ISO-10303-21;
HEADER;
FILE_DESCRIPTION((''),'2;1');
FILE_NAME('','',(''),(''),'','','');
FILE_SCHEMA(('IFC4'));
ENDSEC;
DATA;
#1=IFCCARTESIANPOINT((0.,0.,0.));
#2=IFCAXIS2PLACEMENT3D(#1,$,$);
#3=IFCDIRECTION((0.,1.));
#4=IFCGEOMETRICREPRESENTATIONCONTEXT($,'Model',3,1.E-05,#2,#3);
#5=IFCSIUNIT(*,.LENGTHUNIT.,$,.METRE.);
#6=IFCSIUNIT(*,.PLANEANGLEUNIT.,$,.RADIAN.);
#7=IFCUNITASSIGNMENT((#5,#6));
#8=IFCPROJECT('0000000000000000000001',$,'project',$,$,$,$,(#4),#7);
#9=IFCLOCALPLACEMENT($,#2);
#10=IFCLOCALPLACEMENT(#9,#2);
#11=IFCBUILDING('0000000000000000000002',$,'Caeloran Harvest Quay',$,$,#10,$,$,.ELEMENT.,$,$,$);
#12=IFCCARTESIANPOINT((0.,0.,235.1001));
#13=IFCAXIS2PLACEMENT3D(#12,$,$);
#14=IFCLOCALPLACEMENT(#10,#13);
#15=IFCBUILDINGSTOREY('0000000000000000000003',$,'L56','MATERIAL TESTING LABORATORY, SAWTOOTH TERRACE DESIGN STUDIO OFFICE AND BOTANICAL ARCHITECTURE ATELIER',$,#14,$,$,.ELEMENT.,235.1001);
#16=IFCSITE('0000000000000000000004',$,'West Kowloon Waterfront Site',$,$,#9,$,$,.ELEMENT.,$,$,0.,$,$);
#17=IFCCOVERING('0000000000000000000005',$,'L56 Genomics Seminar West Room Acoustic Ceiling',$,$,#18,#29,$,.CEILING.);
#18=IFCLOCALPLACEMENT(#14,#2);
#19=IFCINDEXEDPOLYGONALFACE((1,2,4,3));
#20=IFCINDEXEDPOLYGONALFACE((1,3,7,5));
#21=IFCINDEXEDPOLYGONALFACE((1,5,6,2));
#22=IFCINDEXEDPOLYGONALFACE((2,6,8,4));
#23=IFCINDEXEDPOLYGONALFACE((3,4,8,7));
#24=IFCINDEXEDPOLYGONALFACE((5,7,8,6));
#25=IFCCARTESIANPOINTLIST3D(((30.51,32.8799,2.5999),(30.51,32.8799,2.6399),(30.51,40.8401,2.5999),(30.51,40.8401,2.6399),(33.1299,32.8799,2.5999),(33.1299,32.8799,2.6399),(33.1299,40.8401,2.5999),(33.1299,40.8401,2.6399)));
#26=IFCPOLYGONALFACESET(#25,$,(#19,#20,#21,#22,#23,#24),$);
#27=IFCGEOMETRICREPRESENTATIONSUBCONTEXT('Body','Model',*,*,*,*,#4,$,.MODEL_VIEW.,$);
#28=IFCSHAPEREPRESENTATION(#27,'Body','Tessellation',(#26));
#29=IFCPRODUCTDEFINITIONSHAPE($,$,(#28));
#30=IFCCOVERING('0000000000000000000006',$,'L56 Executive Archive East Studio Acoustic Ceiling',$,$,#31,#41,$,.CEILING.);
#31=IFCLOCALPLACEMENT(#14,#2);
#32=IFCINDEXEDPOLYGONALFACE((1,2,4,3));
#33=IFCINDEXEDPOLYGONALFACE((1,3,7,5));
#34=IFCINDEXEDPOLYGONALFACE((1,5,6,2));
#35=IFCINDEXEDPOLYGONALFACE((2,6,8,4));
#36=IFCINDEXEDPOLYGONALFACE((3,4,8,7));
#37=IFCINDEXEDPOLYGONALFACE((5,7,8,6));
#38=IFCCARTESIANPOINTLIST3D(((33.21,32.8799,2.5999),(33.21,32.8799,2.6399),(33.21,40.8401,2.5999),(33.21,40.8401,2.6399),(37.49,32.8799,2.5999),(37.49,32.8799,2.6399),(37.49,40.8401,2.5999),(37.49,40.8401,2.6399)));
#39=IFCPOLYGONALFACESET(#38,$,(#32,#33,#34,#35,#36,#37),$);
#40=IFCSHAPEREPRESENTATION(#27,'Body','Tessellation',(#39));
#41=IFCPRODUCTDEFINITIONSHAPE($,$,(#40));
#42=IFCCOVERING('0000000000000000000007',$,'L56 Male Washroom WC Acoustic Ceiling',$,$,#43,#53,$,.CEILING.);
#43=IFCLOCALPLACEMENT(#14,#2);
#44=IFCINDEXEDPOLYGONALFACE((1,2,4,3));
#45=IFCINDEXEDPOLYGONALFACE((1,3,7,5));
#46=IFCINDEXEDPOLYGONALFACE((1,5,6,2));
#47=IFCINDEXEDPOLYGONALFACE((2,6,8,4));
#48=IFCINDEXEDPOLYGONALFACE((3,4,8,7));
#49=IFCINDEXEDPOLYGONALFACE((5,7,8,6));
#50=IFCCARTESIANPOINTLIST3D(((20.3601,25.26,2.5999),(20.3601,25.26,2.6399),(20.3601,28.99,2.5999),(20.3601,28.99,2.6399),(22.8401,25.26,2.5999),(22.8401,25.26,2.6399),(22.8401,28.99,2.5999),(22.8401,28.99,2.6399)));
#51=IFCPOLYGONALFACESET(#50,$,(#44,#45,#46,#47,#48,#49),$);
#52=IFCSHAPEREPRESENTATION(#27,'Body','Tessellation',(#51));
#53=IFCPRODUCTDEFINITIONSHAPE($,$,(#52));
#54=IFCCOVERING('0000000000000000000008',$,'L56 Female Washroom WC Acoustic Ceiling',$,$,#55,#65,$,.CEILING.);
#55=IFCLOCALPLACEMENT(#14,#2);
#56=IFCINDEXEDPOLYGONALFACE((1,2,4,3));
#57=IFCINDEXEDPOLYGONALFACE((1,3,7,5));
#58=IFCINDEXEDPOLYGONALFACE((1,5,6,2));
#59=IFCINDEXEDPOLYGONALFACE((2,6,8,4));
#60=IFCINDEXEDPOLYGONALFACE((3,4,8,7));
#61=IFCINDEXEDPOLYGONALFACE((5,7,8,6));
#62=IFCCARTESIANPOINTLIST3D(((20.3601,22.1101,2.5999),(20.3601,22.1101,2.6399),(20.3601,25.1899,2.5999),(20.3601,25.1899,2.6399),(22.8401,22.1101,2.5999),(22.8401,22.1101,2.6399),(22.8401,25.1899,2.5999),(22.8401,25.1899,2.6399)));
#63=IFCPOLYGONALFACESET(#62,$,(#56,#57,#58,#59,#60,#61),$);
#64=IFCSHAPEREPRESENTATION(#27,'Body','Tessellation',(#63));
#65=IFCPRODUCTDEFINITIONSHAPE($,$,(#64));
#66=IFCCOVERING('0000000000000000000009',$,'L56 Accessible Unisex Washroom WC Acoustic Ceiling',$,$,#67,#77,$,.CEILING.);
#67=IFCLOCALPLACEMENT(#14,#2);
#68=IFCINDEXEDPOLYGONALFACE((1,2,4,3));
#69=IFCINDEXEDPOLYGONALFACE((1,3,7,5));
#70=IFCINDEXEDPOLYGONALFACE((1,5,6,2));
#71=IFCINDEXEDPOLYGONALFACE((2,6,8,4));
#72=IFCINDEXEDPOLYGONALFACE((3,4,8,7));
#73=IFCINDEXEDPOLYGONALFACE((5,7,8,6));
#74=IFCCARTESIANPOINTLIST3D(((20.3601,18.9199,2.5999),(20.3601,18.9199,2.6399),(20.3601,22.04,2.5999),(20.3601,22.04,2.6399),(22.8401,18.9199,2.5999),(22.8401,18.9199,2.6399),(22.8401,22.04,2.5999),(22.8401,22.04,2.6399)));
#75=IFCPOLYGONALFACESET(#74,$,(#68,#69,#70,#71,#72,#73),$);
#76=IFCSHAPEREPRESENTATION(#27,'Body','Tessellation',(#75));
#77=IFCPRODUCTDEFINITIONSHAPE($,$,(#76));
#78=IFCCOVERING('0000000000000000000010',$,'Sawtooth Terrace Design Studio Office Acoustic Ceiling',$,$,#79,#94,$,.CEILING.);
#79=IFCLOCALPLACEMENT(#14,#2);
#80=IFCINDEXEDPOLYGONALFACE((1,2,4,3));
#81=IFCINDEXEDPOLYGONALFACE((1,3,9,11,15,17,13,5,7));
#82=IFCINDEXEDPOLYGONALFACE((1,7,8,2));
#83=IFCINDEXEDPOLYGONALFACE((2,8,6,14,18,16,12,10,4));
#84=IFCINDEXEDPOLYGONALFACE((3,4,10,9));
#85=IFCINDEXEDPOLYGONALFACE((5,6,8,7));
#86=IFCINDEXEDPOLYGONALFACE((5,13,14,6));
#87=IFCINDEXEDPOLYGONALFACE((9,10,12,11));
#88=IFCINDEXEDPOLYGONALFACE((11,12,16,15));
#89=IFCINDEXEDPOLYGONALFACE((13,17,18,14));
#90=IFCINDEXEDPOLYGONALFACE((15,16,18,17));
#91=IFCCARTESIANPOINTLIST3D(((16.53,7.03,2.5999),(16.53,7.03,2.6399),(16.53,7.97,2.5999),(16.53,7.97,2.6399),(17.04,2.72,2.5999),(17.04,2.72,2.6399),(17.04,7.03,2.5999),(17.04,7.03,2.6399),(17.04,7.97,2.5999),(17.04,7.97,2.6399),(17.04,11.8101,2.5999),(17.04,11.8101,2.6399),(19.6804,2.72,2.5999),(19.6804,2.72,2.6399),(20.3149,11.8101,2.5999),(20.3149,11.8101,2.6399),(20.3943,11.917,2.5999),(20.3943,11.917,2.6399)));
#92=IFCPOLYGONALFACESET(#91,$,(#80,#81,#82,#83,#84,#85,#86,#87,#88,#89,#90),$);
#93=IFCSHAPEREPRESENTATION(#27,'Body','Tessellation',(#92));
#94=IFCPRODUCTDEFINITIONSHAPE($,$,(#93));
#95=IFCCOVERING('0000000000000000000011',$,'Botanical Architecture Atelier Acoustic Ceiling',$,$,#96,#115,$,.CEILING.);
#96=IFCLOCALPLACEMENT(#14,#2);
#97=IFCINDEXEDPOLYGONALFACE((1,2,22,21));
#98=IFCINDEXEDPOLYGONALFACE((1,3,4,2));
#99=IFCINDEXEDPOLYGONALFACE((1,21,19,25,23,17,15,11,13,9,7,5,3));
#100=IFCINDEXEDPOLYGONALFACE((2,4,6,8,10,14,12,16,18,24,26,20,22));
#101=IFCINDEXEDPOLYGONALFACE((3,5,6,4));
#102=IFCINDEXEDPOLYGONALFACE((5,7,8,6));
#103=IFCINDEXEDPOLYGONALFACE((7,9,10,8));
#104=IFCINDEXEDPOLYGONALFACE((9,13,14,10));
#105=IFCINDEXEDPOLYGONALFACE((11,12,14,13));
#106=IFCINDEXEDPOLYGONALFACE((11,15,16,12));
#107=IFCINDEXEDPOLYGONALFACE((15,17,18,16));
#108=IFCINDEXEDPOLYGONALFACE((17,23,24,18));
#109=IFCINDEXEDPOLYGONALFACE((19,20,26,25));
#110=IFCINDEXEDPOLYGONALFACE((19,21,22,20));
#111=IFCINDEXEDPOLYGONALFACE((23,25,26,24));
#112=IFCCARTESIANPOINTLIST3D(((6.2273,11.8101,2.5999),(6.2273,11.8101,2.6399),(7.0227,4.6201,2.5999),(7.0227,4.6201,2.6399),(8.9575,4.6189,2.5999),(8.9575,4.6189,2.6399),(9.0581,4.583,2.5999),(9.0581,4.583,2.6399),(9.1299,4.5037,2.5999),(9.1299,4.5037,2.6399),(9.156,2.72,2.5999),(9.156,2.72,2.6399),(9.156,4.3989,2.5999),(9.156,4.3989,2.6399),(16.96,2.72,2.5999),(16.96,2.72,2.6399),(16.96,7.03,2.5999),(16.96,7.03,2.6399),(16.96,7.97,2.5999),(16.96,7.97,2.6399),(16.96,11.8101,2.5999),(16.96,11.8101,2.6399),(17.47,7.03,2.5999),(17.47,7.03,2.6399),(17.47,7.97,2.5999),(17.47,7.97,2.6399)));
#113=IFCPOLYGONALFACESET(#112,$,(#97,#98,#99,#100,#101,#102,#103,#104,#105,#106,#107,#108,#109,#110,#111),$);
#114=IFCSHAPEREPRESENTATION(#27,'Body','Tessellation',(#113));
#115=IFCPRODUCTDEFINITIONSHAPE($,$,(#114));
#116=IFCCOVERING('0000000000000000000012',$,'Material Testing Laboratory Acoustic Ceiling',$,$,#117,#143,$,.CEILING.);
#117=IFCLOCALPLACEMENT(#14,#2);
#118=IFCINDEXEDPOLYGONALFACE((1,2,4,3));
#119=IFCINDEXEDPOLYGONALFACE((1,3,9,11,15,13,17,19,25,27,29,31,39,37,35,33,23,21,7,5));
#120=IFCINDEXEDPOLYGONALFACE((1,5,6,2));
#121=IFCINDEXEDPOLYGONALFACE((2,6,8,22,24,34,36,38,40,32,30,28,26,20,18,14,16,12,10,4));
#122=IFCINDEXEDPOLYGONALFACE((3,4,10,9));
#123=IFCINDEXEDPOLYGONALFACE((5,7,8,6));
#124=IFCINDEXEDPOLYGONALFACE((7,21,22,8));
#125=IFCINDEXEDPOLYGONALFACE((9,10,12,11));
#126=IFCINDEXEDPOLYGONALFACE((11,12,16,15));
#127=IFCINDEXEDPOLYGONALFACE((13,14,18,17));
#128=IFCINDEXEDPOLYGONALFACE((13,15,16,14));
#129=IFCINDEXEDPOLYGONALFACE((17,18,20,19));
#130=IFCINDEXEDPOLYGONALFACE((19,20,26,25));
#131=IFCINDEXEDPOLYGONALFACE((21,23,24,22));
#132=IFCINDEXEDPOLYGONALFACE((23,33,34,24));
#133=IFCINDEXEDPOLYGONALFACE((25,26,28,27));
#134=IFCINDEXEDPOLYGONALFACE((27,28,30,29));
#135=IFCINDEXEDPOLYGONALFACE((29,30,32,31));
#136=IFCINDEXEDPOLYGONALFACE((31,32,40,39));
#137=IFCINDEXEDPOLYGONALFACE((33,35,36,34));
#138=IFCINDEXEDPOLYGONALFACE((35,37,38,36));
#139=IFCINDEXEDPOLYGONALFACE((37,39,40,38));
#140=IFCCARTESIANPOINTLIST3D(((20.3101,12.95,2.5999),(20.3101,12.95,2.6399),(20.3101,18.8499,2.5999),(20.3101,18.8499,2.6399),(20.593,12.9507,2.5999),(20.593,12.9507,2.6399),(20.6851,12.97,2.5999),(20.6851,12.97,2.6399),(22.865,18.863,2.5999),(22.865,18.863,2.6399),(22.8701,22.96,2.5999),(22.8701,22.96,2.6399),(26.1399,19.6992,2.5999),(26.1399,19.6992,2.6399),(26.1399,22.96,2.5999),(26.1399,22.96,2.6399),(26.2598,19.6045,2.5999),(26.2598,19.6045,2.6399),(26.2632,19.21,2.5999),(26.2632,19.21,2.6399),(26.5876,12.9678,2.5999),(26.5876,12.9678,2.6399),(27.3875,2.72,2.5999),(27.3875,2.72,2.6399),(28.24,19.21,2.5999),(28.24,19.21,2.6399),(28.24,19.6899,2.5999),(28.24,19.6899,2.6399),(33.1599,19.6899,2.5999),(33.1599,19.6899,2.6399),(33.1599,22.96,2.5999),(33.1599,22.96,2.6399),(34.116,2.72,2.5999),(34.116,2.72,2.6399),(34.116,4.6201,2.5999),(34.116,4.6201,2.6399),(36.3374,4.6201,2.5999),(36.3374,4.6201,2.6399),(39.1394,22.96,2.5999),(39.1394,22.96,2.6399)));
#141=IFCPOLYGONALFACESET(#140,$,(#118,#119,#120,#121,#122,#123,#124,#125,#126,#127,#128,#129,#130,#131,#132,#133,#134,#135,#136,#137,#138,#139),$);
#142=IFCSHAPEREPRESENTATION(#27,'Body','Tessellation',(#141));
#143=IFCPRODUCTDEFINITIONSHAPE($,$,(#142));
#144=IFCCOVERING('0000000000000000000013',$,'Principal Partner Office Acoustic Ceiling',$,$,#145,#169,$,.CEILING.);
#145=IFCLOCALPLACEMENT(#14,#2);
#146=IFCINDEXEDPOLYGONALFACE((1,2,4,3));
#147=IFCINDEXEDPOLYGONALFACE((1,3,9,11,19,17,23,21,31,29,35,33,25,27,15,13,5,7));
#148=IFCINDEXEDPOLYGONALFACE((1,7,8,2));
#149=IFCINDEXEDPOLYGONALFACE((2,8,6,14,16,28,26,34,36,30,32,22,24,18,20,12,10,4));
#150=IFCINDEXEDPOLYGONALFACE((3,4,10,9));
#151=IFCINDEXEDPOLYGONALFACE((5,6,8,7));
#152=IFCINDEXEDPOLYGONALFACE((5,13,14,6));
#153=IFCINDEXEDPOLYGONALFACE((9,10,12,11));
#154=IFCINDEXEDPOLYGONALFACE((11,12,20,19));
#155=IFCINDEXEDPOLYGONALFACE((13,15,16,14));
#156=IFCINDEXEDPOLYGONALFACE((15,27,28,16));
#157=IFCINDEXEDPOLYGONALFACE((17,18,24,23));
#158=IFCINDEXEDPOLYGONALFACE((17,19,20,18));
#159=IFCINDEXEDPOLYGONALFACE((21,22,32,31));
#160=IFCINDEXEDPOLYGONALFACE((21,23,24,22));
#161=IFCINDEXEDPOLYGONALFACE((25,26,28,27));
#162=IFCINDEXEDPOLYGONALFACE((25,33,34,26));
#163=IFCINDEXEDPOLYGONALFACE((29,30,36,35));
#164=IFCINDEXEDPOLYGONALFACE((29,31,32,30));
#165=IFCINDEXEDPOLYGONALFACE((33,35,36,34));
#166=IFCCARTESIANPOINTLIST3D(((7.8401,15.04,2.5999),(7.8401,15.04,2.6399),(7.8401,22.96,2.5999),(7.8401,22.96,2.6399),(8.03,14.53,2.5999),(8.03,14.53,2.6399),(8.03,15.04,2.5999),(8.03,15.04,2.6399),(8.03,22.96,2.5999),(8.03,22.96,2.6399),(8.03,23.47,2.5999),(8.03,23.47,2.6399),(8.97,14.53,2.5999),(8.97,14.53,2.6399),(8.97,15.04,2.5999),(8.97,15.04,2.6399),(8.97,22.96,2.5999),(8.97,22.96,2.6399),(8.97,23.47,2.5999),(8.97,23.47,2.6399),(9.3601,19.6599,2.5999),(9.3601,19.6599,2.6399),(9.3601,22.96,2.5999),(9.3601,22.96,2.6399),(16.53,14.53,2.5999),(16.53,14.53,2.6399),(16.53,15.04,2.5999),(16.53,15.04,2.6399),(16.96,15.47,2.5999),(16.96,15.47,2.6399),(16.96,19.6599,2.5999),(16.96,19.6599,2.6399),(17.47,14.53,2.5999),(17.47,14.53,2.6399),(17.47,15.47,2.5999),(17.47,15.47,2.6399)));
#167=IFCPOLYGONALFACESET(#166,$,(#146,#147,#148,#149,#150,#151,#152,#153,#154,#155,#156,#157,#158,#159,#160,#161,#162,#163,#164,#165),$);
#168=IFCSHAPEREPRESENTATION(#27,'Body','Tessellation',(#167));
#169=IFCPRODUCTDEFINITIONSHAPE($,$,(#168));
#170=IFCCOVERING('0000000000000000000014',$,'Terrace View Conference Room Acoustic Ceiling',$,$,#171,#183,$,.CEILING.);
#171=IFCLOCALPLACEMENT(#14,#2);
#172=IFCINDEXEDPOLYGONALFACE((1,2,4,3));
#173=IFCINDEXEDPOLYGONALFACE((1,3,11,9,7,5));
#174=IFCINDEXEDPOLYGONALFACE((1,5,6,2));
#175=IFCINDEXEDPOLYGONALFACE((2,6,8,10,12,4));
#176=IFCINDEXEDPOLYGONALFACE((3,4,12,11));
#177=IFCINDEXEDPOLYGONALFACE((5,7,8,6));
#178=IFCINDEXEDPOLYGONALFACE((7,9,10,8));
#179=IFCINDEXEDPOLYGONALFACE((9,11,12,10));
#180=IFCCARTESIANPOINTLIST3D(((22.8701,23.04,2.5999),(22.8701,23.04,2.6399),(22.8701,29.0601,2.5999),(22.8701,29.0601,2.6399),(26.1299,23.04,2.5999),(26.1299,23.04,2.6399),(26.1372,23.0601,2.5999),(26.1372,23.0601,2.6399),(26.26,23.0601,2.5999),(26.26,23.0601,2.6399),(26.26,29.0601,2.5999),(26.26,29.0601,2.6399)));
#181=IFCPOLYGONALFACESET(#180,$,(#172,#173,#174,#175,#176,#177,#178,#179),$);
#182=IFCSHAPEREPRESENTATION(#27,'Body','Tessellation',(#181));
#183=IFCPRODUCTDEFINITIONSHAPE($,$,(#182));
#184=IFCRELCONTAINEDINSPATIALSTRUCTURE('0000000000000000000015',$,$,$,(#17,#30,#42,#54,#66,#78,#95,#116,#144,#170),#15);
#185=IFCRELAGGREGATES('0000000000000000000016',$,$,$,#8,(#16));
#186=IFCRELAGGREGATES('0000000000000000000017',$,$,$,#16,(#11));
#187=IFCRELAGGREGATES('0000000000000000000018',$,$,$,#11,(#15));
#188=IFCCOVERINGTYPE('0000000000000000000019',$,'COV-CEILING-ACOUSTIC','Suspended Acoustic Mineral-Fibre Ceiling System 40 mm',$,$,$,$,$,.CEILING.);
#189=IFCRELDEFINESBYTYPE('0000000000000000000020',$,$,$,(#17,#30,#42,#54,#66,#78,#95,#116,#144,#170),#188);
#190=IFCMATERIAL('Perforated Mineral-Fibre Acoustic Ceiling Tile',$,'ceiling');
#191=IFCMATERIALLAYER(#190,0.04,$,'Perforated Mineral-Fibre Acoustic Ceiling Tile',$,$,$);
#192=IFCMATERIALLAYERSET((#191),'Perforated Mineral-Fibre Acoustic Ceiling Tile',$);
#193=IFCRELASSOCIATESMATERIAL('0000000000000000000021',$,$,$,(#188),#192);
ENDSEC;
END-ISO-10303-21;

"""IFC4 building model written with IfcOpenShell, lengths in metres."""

from ifc_helpers import new_model, si_unit, direction, frame, origin, place, context, subcontext, project, spatial, polyline, outline, extrude, material, layer, layer_set, type_object, element, save


model = new_model("IFC4")

# Units and contexts
model_context = context("Model", 3, precision=1e-05, world=origin(), true_north=direction((0.0, 1.0)))
body_context = subcontext(model_context, "Body", "Model", "MODEL_VIEW")
ifc_project = project(units=[si_unit("LENGTHUNIT", "METRE"), si_unit("PLANEANGLEUNIT", "RADIAN")], contexts=[model_context])

# Site, building, storey
site_placement = place(None, origin())
site = spatial("IfcSite", under=ifc_project, at=site_placement, Name="West Kowloon Waterfront Site", CompositionType="ELEMENT", RefElevation=0.0)
building_placement = place(site_placement, origin())
building = spatial("IfcBuilding", under=site, at=building_placement, Name="Caeloran Harvest Quay", CompositionType="ELEMENT")
storey_placement = place(building_placement, frame((0.0, 0.0, 235.1001)))
storey = spatial("IfcBuildingStorey", under=building, at=storey_placement, Name="L56", Description="MATERIAL TESTING LABORATORY, SAWTOOTH TERRACE DESIGN STUDIO OFFICE AND BOTANICAL ARCHITECTURE ATELIER", CompositionType="ELEMENT", Elevation=235.1001)

# Coverings
ifc_material_1 = material(Name="Perforated Mineral-Fibre Acoustic Ceiling Tile", Category="ceiling")
ifc_layer_1 = layer(ifc_material_1, 0.04, Name="Perforated Mineral-Fibre Acoustic Ceiling Tile")
ifc_layer_set_1 = layer_set([ifc_layer_1], Name="Perforated Mineral-Fibre Acoustic Ceiling Tile")
covering_type_1 = type_object("IfcCoveringType", Name="COV-CEILING-ACOUSTIC", Description="Suspended Acoustic Mineral-Fibre Ceiling System 40 mm", PredefinedType="CEILING", material=ifc_layer_set_1)
covering_1_placement = place(storey_placement, frame((0.0, 0.0, 2.5999)))
element("IfcCovering", 1, at=covering_1_placement, inside=storey, type_object=covering_type_1, Name="L56 Genomics Seminar West Room Acoustic Ceiling", PredefinedType="CEILING", context=body_context, shape_type="SweptSolid", body=[
    extrude(outline(polyline([(33.1299, 40.8401), (33.1299, 32.8799), (30.51, 32.8799), (30.51, 40.8401), (33.1299, 40.8401)])), origin(), (0.0, 0.0, 1.0), 0.04),
])
covering_2_placement = place(storey_placement, frame((0.0, 0.0, 2.5999)))
element("IfcCovering", 2, at=covering_2_placement, inside=storey, type_object=covering_type_1, Name="L56 Executive Archive East Studio Acoustic Ceiling", PredefinedType="CEILING", context=body_context, shape_type="SweptSolid", body=[
    extrude(outline(polyline([(37.49, 40.8401), (37.49, 32.8799), (33.21, 32.8799), (33.21, 40.8401), (37.49, 40.8401)])), origin(), (0.0, 0.0, 1.0), 0.04),
])
covering_3_placement = place(storey_placement, frame((0.0, 0.0, 2.5999)))
element("IfcCovering", 3, at=covering_3_placement, inside=storey, type_object=covering_type_1, Name="L56 Male Washroom WC Acoustic Ceiling", PredefinedType="CEILING", context=body_context, shape_type="SweptSolid", body=[
    extrude(outline(polyline([(22.8401, 28.99), (22.8401, 25.26), (20.3601, 25.26), (20.3601, 28.99), (22.8401, 28.99)])), origin(), (0.0, 0.0, 1.0), 0.04),
])
covering_4_placement = place(storey_placement, frame((0.0, 0.0, 2.5999)))
element("IfcCovering", 4, at=covering_4_placement, inside=storey, type_object=covering_type_1, Name="L56 Female Washroom WC Acoustic Ceiling", PredefinedType="CEILING", context=body_context, shape_type="SweptSolid", body=[
    extrude(outline(polyline([(22.8401, 25.1899), (22.8401, 22.1101), (20.3601, 22.1101), (20.3601, 25.1899), (22.8401, 25.1899)])), origin(), (0.0, 0.0, 1.0), 0.04),
])
covering_5_placement = place(storey_placement, frame((0.0, 0.0, 2.5999)))
element("IfcCovering", 5, at=covering_5_placement, inside=storey, type_object=covering_type_1, Name="L56 Accessible Unisex Washroom WC Acoustic Ceiling", PredefinedType="CEILING", context=body_context, shape_type="SweptSolid", body=[
    extrude(outline(polyline([(22.8401, 22.04), (22.8401, 18.9199), (20.3601, 18.9199), (20.3601, 22.04), (22.8401, 22.04)])), origin(), (0.0, 0.0, 1.0), 0.04),
])
covering_6_placement = place(storey_placement, frame((0.0, 0.0, 2.5999)))
element("IfcCovering", 6, at=covering_6_placement, inside=storey, type_object=covering_type_1, Name="Sawtooth Terrace Design Studio Office Acoustic Ceiling", PredefinedType="CEILING", context=body_context, shape_type="SweptSolid", body=[
    extrude(outline(polyline([(17.04, 7.03), (16.53, 7.03), (16.53, 7.97), (17.04, 7.97), (17.04, 11.8101), (20.3149, 11.8101), (20.3943, 11.917), (19.6804, 2.72), (17.04, 2.72), (17.04, 7.03)])), origin(), (0.0, 0.0, 1.0), 0.04),
])
covering_7_placement = place(storey_placement, frame((0.0, 0.0, 2.5999)))
element("IfcCovering", 7, at=covering_7_placement, inside=storey, type_object=covering_type_1, Name="Botanical Architecture Atelier Acoustic Ceiling", PredefinedType="CEILING", context=body_context, shape_type="SweptSolid", body=[
    extrude(outline(polyline([(9.1299, 4.5037), (9.0581, 4.583), (8.9575, 4.6189), (7.0227, 4.6201), (6.2273, 11.8101), (16.96, 11.8101), (16.96, 7.97), (17.47, 7.97), (17.47, 7.03), (16.96, 7.03), (16.96, 2.72), (9.156, 2.72), (9.156, 4.3989), (9.1299, 4.5037)])), origin(), (0.0, 0.0, 1.0), 0.04),
])
covering_8_placement = place(storey_placement, frame((0.0, 0.0, 2.5999)))
element("IfcCovering", 8, at=covering_8_placement, inside=storey, type_object=covering_type_1, Name="Material Testing Laboratory Acoustic Ceiling", PredefinedType="CEILING", context=body_context, shape_type="SweptSolid", body=[
    extrude(outline(polyline([(26.5876, 12.9678), (20.6851, 12.97), (20.593, 12.9507), (20.3101, 12.95), (20.3101, 18.8499), (22.865, 18.863), (22.8701, 22.96), (26.1399, 22.96), (26.1399, 19.6992), (26.2598, 19.6045), (26.2632, 19.21), (28.24, 19.21), (28.24, 19.6899), (33.1599, 19.6899), (33.1599, 22.96), (39.1394, 22.96), (36.3374, 4.6201), (34.116, 4.6201), (34.116, 2.72), (27.3875, 2.72), (26.5876, 12.9678)])), origin(), (0.0, 0.0, 1.0), 0.04),
])
covering_9_placement = place(storey_placement, frame((0.0, 0.0, 2.5999)))
element("IfcCovering", 9, at=covering_9_placement, inside=storey, type_object=covering_type_1, Name="Principal Partner Office Acoustic Ceiling", PredefinedType="CEILING", context=body_context, shape_type="SweptSolid", body=[
    extrude(outline(polyline([(8.03, 15.04), (7.8401, 15.04), (7.8401, 22.96), (8.03, 22.96), (8.03, 23.47), (8.97, 23.47), (8.97, 22.96), (9.3601, 22.96), (9.3601, 19.6599), (16.96, 19.6599), (16.96, 15.47), (17.47, 15.47), (17.47, 14.53), (16.53, 14.53), (16.53, 15.04), (8.97, 15.04), (8.97, 14.53), (8.03, 14.53), (8.03, 15.04)])), origin(), (0.0, 0.0, 1.0), 0.04),
])
covering_10_placement = place(storey_placement, frame((0.0, 0.0, 2.5999)))
element("IfcCovering", 10, at=covering_10_placement, inside=storey, type_object=covering_type_1, Name="Terrace View Conference Room Acoustic Ceiling", PredefinedType="CEILING", context=body_context, shape_type="SweptSolid", body=[
    extrude(outline(polyline([(26.1372, 23.0601), (26.1299, 23.04), (22.8701, 23.04), (22.8701, 29.0601), (26.26, 29.0601), (26.26, 23.0601), (26.1372, 23.0601)])), origin(), (0.0, 0.0, 1.0), 0.04),
])

save(model, "model.ifc")
